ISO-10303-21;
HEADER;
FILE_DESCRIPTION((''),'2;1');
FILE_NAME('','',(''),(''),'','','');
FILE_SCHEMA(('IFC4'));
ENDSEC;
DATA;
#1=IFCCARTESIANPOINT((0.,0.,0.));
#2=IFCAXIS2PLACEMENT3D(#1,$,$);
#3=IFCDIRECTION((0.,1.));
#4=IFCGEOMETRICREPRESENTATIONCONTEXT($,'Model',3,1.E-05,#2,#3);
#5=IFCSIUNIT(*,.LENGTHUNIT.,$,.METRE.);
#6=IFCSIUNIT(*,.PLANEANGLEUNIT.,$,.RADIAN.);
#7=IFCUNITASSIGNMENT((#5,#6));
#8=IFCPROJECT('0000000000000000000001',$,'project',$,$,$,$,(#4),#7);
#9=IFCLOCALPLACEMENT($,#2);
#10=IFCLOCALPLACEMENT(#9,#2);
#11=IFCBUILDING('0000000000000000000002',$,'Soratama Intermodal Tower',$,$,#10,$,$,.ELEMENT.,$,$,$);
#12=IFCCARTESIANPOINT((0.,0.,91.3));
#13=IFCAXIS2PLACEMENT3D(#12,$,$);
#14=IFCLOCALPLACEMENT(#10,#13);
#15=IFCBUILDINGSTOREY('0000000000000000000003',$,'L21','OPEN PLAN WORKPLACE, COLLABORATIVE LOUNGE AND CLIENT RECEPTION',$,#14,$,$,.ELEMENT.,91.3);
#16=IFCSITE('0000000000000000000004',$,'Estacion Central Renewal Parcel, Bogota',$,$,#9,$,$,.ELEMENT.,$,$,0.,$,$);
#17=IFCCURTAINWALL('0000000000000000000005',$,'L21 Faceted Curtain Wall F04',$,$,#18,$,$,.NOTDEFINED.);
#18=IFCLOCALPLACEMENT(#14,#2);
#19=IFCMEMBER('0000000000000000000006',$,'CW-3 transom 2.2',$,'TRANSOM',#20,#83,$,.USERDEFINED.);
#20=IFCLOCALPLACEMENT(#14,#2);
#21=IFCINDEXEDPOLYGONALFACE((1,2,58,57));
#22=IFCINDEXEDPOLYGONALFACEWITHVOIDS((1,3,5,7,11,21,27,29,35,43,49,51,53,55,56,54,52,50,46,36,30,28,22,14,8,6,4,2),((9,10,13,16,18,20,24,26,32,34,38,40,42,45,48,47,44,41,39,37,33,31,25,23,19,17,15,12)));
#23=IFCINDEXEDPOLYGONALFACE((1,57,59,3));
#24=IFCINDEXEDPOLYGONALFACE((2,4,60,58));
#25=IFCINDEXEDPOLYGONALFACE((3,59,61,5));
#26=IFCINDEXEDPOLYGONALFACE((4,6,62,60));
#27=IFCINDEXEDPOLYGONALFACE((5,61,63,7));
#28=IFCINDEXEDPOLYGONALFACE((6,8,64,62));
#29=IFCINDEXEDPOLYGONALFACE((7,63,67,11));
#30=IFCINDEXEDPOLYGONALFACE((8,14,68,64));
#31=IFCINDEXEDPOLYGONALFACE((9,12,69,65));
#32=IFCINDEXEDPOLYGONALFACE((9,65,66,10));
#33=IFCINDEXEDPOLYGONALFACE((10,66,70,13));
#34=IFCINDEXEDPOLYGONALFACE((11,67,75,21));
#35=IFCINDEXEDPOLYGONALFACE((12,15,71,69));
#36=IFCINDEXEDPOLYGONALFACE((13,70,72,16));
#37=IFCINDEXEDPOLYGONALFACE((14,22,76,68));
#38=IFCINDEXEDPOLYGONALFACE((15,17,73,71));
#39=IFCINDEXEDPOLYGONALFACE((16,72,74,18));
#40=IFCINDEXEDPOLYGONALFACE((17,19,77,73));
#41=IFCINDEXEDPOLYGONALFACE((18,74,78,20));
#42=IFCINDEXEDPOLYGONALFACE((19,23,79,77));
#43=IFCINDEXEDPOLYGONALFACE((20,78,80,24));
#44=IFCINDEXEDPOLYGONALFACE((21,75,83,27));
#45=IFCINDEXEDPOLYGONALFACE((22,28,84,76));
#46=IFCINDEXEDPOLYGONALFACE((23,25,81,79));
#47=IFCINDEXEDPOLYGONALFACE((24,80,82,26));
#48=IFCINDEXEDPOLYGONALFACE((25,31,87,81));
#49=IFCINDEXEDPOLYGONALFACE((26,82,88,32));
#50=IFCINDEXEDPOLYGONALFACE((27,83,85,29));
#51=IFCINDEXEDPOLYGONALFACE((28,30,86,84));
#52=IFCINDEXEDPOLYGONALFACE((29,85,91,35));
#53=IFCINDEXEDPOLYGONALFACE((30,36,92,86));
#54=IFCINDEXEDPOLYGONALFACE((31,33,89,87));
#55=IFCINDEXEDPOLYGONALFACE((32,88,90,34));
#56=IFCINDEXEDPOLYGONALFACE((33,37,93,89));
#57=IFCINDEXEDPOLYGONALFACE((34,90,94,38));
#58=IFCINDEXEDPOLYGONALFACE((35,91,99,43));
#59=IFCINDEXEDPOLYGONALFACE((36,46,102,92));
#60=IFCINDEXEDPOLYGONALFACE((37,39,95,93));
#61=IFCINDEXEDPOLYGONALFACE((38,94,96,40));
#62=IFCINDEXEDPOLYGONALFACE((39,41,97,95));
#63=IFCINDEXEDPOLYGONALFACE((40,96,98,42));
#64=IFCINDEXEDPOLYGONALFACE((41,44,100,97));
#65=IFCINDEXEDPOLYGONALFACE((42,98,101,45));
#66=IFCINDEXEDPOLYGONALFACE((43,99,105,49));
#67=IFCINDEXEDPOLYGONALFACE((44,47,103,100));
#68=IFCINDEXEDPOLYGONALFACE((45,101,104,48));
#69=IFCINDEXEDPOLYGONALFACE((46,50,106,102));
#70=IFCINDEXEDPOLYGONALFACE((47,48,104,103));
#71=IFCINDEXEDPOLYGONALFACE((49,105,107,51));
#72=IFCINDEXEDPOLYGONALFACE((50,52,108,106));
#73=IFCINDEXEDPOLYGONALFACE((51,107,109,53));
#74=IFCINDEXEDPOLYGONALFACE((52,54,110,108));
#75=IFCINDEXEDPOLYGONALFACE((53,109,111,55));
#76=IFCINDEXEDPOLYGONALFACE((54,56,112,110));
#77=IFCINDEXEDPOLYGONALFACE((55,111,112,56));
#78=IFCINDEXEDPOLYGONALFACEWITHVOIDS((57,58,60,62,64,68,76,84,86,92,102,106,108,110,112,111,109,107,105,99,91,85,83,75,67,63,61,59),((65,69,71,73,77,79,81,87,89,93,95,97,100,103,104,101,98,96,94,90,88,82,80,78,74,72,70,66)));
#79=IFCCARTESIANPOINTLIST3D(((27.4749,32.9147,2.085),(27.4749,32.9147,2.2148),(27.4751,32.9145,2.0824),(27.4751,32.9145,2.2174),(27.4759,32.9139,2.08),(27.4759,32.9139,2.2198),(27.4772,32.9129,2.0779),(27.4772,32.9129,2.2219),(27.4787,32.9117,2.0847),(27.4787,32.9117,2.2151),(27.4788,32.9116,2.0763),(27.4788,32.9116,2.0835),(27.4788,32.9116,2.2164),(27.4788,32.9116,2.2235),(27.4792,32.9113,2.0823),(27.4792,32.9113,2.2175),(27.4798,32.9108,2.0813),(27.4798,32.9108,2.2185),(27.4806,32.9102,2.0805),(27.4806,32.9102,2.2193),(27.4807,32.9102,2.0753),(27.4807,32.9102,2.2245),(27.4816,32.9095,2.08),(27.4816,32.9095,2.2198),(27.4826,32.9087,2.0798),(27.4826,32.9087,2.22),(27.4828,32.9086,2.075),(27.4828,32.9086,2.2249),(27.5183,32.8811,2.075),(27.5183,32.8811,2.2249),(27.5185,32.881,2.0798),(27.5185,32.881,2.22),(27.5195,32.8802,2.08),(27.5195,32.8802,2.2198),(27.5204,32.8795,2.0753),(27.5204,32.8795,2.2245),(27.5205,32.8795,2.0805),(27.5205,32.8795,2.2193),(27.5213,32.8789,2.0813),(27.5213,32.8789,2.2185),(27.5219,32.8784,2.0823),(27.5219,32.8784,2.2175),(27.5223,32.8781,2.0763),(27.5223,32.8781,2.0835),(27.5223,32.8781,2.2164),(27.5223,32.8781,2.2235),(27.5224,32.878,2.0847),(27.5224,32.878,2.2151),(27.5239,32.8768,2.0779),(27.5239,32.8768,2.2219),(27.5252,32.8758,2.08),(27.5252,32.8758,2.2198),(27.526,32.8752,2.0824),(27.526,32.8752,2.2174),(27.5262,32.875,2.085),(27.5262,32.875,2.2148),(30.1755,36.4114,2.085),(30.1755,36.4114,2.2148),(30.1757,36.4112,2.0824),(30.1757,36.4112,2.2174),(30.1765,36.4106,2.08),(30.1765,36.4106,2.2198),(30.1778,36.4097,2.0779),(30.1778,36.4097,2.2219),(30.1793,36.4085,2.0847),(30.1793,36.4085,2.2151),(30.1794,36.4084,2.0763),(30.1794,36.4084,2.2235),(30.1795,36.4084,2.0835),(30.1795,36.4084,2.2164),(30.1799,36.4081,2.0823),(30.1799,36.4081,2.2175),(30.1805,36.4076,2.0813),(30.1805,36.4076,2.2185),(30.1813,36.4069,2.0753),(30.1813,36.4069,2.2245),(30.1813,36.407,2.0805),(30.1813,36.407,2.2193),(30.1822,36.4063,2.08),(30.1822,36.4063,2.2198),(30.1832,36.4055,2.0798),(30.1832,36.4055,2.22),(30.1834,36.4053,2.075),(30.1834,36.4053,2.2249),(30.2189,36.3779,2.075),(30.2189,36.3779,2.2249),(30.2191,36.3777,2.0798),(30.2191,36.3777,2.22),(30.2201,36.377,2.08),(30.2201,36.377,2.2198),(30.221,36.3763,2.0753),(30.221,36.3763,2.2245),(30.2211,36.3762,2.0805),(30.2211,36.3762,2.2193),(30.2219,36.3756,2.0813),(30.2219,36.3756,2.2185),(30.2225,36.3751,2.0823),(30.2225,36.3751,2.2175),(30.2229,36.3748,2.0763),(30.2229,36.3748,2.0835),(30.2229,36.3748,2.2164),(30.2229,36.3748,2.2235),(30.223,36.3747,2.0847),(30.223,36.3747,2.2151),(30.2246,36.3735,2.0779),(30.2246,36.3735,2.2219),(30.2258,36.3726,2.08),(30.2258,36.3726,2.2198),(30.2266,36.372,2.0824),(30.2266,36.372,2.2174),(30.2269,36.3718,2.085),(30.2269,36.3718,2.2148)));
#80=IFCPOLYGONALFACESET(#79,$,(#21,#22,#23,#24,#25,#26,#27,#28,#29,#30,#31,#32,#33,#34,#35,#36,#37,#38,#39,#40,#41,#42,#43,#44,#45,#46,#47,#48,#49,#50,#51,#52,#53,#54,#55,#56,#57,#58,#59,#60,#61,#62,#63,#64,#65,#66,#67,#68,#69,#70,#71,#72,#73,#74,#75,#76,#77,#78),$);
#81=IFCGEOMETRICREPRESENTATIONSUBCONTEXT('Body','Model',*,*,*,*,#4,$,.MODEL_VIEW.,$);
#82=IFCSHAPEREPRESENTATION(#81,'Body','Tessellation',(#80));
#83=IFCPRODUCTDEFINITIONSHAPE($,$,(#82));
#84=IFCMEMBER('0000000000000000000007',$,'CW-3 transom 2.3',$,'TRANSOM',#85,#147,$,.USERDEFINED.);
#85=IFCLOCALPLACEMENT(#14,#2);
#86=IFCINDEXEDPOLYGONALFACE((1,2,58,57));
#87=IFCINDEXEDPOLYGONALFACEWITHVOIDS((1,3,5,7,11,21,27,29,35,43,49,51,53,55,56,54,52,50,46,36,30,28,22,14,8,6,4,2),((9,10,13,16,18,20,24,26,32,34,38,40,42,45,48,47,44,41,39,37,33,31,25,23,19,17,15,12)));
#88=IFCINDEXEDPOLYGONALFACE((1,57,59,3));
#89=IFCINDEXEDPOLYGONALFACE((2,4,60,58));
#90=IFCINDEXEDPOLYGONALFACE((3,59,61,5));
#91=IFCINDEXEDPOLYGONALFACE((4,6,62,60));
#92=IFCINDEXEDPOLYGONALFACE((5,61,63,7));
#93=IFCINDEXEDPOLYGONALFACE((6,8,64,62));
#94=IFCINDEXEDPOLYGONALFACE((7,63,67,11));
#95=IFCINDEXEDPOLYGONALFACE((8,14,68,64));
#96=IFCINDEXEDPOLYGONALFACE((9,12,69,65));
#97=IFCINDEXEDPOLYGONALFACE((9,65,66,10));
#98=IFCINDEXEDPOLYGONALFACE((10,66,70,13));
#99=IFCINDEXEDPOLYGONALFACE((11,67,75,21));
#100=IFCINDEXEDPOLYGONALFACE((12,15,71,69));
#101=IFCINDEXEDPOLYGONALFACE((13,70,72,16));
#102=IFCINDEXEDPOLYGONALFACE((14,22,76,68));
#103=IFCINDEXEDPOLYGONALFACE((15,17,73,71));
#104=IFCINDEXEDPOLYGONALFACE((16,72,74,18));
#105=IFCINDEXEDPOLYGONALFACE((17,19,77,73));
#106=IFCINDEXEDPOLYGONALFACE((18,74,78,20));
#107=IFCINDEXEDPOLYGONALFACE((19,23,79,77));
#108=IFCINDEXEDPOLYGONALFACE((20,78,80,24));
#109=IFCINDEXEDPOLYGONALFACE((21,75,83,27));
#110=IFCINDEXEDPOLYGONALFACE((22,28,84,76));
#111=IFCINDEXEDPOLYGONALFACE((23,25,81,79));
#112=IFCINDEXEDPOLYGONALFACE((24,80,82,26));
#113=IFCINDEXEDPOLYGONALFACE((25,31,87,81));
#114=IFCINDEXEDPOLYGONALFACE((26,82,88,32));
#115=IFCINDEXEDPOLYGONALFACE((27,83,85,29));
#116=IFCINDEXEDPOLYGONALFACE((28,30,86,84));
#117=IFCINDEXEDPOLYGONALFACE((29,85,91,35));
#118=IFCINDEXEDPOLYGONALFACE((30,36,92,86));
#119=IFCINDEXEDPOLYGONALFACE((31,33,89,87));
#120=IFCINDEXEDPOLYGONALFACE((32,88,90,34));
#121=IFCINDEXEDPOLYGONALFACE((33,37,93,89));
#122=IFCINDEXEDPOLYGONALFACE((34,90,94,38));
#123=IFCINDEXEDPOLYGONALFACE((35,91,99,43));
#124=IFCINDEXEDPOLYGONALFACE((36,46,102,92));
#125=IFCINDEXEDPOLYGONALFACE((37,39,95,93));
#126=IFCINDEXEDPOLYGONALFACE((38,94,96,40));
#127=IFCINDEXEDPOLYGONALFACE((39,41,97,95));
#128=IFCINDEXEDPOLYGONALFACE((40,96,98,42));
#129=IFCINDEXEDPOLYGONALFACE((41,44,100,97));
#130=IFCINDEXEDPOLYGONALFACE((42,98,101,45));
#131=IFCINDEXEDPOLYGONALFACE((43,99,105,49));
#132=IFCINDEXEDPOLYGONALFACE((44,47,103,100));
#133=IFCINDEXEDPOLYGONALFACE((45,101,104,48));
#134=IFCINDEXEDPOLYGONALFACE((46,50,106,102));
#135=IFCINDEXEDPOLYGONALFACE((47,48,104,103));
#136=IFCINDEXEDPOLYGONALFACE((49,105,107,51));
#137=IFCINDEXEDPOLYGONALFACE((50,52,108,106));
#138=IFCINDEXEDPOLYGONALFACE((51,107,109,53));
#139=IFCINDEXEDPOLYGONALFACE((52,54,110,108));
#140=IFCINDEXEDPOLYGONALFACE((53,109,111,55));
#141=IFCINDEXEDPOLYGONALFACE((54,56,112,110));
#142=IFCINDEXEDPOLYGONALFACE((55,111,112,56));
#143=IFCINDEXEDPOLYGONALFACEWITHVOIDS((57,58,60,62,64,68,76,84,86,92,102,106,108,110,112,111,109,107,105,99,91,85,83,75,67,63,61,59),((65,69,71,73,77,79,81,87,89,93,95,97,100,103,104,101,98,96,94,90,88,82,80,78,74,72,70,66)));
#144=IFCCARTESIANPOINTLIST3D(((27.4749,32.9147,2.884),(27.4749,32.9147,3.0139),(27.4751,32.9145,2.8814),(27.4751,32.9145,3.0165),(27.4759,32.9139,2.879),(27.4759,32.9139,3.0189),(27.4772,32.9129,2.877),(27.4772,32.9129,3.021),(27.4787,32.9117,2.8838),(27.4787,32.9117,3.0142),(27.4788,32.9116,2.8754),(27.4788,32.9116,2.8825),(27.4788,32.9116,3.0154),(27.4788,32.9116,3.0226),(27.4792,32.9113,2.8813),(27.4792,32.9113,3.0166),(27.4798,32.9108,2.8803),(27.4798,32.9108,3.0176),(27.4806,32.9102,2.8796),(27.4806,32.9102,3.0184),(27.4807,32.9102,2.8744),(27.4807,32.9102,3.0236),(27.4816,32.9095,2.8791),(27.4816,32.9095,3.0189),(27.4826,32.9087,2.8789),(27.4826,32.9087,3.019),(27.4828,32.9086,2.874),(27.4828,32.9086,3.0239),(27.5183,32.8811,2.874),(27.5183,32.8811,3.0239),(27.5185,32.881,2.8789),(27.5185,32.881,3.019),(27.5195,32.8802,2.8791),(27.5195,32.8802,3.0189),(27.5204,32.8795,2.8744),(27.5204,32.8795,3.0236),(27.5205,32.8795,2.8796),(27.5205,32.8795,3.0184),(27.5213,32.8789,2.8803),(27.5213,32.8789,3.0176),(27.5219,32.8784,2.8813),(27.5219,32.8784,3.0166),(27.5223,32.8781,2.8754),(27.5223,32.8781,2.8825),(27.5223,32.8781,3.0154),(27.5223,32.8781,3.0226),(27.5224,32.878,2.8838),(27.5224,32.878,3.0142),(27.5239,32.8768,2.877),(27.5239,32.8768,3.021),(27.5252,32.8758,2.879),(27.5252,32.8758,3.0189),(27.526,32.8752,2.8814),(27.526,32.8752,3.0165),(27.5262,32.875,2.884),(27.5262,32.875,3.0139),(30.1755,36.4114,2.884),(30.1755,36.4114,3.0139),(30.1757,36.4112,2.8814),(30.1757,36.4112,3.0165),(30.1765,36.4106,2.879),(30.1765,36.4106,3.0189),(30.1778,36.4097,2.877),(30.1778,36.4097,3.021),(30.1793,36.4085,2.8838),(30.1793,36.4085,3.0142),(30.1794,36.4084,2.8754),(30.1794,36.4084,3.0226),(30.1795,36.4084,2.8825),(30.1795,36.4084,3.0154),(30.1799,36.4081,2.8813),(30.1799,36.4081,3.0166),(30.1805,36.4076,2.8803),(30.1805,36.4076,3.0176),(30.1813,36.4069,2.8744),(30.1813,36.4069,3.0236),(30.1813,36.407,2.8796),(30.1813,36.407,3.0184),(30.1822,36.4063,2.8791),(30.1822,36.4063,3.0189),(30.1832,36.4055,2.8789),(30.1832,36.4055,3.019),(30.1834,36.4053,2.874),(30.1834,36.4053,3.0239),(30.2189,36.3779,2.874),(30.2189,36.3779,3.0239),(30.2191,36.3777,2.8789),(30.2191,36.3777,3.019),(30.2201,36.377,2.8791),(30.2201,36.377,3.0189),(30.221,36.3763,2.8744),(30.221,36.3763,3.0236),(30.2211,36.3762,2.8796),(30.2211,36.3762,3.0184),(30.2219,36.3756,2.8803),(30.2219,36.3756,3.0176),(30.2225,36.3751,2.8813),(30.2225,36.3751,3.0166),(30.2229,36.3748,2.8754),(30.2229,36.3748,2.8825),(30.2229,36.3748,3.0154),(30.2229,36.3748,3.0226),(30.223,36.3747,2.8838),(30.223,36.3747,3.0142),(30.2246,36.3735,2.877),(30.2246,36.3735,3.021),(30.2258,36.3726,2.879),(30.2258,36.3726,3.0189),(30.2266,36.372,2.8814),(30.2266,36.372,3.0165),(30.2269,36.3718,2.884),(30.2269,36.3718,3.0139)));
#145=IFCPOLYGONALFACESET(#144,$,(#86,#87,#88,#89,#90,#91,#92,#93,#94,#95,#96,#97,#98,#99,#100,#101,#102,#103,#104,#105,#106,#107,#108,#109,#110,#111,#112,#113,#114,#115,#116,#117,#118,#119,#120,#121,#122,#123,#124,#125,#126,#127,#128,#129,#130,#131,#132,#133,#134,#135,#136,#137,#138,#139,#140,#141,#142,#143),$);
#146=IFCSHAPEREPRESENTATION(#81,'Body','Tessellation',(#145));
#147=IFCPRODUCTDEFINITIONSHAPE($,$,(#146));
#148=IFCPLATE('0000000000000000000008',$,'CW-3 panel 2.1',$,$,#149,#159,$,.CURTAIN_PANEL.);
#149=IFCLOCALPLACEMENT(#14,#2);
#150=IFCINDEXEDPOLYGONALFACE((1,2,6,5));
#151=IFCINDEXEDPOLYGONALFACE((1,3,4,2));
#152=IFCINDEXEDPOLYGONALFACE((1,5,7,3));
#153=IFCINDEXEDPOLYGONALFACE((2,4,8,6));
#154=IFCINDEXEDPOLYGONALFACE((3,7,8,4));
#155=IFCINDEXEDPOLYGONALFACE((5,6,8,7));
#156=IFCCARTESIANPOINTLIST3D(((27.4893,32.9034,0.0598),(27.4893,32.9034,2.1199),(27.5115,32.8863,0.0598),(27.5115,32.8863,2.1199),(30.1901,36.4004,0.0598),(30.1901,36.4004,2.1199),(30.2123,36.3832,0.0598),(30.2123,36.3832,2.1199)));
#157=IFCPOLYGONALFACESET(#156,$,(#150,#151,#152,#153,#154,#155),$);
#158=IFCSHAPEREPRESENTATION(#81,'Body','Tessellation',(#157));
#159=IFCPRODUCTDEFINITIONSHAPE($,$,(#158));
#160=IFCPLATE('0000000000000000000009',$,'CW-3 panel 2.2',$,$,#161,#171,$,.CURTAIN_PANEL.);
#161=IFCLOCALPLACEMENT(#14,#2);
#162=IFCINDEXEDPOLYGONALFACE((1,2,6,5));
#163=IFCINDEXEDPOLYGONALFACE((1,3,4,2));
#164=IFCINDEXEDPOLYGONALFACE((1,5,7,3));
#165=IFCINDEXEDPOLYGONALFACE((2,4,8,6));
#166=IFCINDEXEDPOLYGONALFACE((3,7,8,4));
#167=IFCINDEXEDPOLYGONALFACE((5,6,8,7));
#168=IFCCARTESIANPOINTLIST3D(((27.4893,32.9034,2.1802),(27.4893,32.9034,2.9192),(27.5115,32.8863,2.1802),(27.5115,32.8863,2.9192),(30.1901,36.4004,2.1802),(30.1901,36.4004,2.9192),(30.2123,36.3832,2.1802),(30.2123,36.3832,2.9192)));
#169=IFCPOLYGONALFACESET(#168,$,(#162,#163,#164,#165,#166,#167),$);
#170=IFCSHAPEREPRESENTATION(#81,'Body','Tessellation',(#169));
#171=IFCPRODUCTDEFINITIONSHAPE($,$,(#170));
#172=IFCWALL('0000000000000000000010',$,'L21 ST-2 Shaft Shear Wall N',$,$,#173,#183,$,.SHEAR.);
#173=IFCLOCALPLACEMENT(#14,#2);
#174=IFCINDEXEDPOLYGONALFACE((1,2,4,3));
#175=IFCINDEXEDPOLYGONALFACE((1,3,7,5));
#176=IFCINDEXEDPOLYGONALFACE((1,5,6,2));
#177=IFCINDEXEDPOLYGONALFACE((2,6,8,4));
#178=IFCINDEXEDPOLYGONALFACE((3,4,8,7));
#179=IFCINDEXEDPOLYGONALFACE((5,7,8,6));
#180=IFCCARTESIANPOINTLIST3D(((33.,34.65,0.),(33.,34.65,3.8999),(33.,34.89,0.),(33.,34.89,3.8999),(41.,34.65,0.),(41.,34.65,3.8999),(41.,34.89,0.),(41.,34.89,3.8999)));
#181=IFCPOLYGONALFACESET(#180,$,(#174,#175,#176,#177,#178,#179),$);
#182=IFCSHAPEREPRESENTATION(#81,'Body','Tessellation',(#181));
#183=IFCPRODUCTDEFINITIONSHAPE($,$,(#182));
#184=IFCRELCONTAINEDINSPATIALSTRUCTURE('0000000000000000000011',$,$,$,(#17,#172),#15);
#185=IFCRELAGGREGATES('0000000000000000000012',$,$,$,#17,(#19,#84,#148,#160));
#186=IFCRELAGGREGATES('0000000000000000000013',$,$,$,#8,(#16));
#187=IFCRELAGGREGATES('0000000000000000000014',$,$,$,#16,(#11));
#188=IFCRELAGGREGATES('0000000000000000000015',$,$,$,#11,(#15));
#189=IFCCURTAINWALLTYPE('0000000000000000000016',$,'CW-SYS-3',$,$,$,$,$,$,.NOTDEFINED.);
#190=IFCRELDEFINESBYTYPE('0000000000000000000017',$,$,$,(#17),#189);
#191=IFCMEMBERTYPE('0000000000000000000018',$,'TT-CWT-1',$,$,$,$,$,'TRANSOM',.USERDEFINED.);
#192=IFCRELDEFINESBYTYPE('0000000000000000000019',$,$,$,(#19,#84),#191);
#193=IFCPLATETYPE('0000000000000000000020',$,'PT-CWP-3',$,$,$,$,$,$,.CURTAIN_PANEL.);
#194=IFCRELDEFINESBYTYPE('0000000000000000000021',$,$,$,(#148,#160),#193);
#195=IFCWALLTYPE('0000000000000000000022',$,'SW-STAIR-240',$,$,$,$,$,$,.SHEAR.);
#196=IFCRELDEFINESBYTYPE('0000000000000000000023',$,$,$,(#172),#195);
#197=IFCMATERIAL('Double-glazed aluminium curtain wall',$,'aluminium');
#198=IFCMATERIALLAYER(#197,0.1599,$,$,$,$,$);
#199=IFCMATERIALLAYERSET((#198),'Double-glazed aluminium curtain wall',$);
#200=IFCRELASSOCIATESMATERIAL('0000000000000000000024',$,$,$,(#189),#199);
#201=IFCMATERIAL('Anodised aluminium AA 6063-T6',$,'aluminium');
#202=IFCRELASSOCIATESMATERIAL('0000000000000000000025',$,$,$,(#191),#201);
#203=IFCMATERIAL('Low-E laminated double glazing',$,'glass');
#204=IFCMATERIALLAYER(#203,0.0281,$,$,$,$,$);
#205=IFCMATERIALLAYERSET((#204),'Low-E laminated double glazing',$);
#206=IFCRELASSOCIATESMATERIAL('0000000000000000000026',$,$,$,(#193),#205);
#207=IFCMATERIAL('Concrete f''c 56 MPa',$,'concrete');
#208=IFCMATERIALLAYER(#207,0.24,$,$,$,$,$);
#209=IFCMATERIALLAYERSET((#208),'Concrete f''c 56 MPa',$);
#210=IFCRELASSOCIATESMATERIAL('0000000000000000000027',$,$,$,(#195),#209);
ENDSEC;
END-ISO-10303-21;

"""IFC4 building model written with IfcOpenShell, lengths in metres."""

from ifc_helpers import new_model, si_unit, direction, frame, frame_2d, origin, origin_2d, place, context, subcontext, project, spatial, rectangle, hollow_rectangle, extrude, material, layer, layer_set, material_profile, profile_set, type_object, element, aggregate, save


model = new_model("IFC4")

# Units and contexts
model_context = context("Model", 3, precision=1e-05, world=origin(), true_north=direction((0.0, 1.0)))
body_context = subcontext(model_context, "Body", "Model", "MODEL_VIEW")
ifc_project = project(units=[si_unit("LENGTHUNIT", "METRE"), si_unit("PLANEANGLEUNIT", "RADIAN")], contexts=[model_context])

# Site, building, storey
site_placement = place(None, origin())
site = spatial("IfcSite", under=ifc_project, at=site_placement, Name="Estacion Central Renewal Parcel, Bogota", CompositionType="ELEMENT", RefElevation=0.0)
building_placement = place(site_placement, origin())
building = spatial("IfcBuilding", under=site, at=building_placement, Name="Soratama Intermodal Tower", CompositionType="ELEMENT")
storey_placement = place(building_placement, frame((0.0, 0.0, 91.3)))
storey = spatial("IfcBuildingStorey", under=building, at=storey_placement, Name="L21", Description="OPEN PLAN WORKPLACE, COLLABORATIVE LOUNGE AND CLIENT RECEPTION", CompositionType="ELEMENT", Elevation=91.3)

# Curtain wall, members, plates
ifc_material_1 = material(Name="Double-glazed aluminium curtain wall", Category="aluminium")
ifc_layer_1 = layer(ifc_material_1, 0.1599)
ifc_layer_set_1 = layer_set([ifc_layer_1], Name="Double-glazed aluminium curtain wall")
curtain_wall_type = type_object("IfcCurtainWallType", Name="CW-SYS-3", PredefinedType="NOTDEFINED", material=ifc_layer_set_1)
curtain_wall_placement = place(storey_placement, origin())
curtain_wall = element("IfcCurtainWall", 1, at=curtain_wall_placement, inside=storey, type_object=curtain_wall_type, Name="L21 Faceted Curtain Wall F04", PredefinedType="NOTDEFINED")
ifc_material_2 = material(Name="Anodised aluminium AA 6063-T6", Category="aluminium")
ifc_material_profile_1 = material_profile(ifc_material_2, hollow_rectangle(XDim=0.0649, YDim=0.1499, WallThickness=0.0049, InnerFilletRadius=0.0049, OuterFilletRadius=0.01, at=origin_2d()), Name="CWT150X65X5")
ifc_profile_set_1 = profile_set([ifc_material_profile_1], Name="Anodised aluminium AA 6063-T6")
member_type = type_object("IfcMemberType", Name="TT-CWT-1", ElementType="TRANSOM", PredefinedType="USERDEFINED", material=ifc_profile_set_1)
member_1_placement = place(storey_placement, frame((30.2012, 36.3916, 2.1499), z_axis=(-0.611248, -0.791439, 0.0), x_axis=(0.791439, -0.611248, 0.0)))
member_1 = element("IfcMember", 2, at=member_1_placement, type_object=member_type, Name="CW-3 transom 2.2", ObjectType="TRANSOM", PredefinedType="USERDEFINED", context=body_context, shape_type="SweptSolid", body=[
    extrude(hollow_rectangle(XDim=0.0649, YDim=0.1499, WallThickness=0.0049, InnerFilletRadius=0.0049, OuterFilletRadius=0.01, at=origin_2d()), origin(), (0.0, 0.0, 1.0), 4.4182),
])
member_2_placement = place(storey_placement, frame((30.2012, 36.3916, 2.949), z_axis=(-0.611248, -0.791439, 0.0), x_axis=(0.791439, -0.611248, 0.0)))
member_2 = element("IfcMember", 3, at=member_2_placement, type_object=member_type, Name="CW-3 transom 2.3", ObjectType="TRANSOM", PredefinedType="USERDEFINED", context=body_context, shape_type="SweptSolid", body=[
    extrude(hollow_rectangle(XDim=0.0649, YDim=0.1499, WallThickness=0.0049, InnerFilletRadius=0.0049, OuterFilletRadius=0.01, at=origin_2d()), origin(), (0.0, 0.0, 1.0), 4.4182),
])
ifc_material_3 = material(Name="Low-E laminated double glazing", Category="glass")
ifc_layer_2 = layer(ifc_material_3, 0.0281)
ifc_layer_set_2 = layer_set([ifc_layer_2], Name="Low-E laminated double glazing")
plate_type = type_object("IfcPlateType", Name="PT-CWP-3", PredefinedType="CURTAIN_PANEL", material=ifc_layer_set_2)
plate_1_placement = place(storey_placement, frame((28.8508, 34.6433, 0.0598), z_axis=(0.0, 0.0, 1.0), x_axis=(-0.611251, -0.791437, 0.0)))
plate_1 = element("IfcPlate", 4, at=plate_1_placement, type_object=plate_type, Name="CW-3 panel 2.1", PredefinedType="CURTAIN_PANEL", context=body_context, shape_type="SweptSolid", body=[
    extrude(rectangle(XDim=4.4185, YDim=0.0281, at=origin_2d()), origin(), (0.0, 0.0, 1.0), 2.0601),
])
plate_2_placement = place(storey_placement, frame((28.8508, 34.6433, 2.1802), z_axis=(0.0, 0.0, 1.0), x_axis=(-0.611251, -0.791437, 0.0)))
plate_2 = element("IfcPlate", 5, at=plate_2_placement, type_object=plate_type, Name="CW-3 panel 2.2", PredefinedType="CURTAIN_PANEL", context=body_context, shape_type="SweptSolid", body=[
    extrude(rectangle(XDim=4.4185, YDim=0.0281, at=origin_2d()), origin(), (0.0, 0.0, 1.0), 0.739),
])
aggregate(curtain_wall, [member_1, member_2, plate_1, plate_2])

# Wall
ifc_material_4 = material(Name="Concrete f'c 56 MPa", Category="concrete")
ifc_layer_3 = layer(ifc_material_4, 0.24)
ifc_layer_set_3 = layer_set([ifc_layer_3], Name="Concrete f'c 56 MPa")
wall_type_1 = type_object("IfcWallType", Name="SW-STAIR-240", PredefinedType="SHEAR", material=ifc_layer_set_3)
wall_1_placement = place(storey_placement, frame((33.0, 34.77, 0.0), z_axis=(0.0, 0.0, 1.0), x_axis=(1.0, 0.0, 0.0)))
element("IfcWall", 6, at=wall_1_placement, inside=storey, type_object=wall_type_1, Name="L21 ST-2 Shaft Shear Wall N", PredefinedType="SHEAR", context=body_context, shape_type="SweptSolid", body=[
    extrude(rectangle(XDim=8.0, YDim=0.24, at=frame_2d((4.0, 0.0))), origin(), (0.0, 0.0, 1.0), 3.8999),
])

save(model, "model.ifc")
